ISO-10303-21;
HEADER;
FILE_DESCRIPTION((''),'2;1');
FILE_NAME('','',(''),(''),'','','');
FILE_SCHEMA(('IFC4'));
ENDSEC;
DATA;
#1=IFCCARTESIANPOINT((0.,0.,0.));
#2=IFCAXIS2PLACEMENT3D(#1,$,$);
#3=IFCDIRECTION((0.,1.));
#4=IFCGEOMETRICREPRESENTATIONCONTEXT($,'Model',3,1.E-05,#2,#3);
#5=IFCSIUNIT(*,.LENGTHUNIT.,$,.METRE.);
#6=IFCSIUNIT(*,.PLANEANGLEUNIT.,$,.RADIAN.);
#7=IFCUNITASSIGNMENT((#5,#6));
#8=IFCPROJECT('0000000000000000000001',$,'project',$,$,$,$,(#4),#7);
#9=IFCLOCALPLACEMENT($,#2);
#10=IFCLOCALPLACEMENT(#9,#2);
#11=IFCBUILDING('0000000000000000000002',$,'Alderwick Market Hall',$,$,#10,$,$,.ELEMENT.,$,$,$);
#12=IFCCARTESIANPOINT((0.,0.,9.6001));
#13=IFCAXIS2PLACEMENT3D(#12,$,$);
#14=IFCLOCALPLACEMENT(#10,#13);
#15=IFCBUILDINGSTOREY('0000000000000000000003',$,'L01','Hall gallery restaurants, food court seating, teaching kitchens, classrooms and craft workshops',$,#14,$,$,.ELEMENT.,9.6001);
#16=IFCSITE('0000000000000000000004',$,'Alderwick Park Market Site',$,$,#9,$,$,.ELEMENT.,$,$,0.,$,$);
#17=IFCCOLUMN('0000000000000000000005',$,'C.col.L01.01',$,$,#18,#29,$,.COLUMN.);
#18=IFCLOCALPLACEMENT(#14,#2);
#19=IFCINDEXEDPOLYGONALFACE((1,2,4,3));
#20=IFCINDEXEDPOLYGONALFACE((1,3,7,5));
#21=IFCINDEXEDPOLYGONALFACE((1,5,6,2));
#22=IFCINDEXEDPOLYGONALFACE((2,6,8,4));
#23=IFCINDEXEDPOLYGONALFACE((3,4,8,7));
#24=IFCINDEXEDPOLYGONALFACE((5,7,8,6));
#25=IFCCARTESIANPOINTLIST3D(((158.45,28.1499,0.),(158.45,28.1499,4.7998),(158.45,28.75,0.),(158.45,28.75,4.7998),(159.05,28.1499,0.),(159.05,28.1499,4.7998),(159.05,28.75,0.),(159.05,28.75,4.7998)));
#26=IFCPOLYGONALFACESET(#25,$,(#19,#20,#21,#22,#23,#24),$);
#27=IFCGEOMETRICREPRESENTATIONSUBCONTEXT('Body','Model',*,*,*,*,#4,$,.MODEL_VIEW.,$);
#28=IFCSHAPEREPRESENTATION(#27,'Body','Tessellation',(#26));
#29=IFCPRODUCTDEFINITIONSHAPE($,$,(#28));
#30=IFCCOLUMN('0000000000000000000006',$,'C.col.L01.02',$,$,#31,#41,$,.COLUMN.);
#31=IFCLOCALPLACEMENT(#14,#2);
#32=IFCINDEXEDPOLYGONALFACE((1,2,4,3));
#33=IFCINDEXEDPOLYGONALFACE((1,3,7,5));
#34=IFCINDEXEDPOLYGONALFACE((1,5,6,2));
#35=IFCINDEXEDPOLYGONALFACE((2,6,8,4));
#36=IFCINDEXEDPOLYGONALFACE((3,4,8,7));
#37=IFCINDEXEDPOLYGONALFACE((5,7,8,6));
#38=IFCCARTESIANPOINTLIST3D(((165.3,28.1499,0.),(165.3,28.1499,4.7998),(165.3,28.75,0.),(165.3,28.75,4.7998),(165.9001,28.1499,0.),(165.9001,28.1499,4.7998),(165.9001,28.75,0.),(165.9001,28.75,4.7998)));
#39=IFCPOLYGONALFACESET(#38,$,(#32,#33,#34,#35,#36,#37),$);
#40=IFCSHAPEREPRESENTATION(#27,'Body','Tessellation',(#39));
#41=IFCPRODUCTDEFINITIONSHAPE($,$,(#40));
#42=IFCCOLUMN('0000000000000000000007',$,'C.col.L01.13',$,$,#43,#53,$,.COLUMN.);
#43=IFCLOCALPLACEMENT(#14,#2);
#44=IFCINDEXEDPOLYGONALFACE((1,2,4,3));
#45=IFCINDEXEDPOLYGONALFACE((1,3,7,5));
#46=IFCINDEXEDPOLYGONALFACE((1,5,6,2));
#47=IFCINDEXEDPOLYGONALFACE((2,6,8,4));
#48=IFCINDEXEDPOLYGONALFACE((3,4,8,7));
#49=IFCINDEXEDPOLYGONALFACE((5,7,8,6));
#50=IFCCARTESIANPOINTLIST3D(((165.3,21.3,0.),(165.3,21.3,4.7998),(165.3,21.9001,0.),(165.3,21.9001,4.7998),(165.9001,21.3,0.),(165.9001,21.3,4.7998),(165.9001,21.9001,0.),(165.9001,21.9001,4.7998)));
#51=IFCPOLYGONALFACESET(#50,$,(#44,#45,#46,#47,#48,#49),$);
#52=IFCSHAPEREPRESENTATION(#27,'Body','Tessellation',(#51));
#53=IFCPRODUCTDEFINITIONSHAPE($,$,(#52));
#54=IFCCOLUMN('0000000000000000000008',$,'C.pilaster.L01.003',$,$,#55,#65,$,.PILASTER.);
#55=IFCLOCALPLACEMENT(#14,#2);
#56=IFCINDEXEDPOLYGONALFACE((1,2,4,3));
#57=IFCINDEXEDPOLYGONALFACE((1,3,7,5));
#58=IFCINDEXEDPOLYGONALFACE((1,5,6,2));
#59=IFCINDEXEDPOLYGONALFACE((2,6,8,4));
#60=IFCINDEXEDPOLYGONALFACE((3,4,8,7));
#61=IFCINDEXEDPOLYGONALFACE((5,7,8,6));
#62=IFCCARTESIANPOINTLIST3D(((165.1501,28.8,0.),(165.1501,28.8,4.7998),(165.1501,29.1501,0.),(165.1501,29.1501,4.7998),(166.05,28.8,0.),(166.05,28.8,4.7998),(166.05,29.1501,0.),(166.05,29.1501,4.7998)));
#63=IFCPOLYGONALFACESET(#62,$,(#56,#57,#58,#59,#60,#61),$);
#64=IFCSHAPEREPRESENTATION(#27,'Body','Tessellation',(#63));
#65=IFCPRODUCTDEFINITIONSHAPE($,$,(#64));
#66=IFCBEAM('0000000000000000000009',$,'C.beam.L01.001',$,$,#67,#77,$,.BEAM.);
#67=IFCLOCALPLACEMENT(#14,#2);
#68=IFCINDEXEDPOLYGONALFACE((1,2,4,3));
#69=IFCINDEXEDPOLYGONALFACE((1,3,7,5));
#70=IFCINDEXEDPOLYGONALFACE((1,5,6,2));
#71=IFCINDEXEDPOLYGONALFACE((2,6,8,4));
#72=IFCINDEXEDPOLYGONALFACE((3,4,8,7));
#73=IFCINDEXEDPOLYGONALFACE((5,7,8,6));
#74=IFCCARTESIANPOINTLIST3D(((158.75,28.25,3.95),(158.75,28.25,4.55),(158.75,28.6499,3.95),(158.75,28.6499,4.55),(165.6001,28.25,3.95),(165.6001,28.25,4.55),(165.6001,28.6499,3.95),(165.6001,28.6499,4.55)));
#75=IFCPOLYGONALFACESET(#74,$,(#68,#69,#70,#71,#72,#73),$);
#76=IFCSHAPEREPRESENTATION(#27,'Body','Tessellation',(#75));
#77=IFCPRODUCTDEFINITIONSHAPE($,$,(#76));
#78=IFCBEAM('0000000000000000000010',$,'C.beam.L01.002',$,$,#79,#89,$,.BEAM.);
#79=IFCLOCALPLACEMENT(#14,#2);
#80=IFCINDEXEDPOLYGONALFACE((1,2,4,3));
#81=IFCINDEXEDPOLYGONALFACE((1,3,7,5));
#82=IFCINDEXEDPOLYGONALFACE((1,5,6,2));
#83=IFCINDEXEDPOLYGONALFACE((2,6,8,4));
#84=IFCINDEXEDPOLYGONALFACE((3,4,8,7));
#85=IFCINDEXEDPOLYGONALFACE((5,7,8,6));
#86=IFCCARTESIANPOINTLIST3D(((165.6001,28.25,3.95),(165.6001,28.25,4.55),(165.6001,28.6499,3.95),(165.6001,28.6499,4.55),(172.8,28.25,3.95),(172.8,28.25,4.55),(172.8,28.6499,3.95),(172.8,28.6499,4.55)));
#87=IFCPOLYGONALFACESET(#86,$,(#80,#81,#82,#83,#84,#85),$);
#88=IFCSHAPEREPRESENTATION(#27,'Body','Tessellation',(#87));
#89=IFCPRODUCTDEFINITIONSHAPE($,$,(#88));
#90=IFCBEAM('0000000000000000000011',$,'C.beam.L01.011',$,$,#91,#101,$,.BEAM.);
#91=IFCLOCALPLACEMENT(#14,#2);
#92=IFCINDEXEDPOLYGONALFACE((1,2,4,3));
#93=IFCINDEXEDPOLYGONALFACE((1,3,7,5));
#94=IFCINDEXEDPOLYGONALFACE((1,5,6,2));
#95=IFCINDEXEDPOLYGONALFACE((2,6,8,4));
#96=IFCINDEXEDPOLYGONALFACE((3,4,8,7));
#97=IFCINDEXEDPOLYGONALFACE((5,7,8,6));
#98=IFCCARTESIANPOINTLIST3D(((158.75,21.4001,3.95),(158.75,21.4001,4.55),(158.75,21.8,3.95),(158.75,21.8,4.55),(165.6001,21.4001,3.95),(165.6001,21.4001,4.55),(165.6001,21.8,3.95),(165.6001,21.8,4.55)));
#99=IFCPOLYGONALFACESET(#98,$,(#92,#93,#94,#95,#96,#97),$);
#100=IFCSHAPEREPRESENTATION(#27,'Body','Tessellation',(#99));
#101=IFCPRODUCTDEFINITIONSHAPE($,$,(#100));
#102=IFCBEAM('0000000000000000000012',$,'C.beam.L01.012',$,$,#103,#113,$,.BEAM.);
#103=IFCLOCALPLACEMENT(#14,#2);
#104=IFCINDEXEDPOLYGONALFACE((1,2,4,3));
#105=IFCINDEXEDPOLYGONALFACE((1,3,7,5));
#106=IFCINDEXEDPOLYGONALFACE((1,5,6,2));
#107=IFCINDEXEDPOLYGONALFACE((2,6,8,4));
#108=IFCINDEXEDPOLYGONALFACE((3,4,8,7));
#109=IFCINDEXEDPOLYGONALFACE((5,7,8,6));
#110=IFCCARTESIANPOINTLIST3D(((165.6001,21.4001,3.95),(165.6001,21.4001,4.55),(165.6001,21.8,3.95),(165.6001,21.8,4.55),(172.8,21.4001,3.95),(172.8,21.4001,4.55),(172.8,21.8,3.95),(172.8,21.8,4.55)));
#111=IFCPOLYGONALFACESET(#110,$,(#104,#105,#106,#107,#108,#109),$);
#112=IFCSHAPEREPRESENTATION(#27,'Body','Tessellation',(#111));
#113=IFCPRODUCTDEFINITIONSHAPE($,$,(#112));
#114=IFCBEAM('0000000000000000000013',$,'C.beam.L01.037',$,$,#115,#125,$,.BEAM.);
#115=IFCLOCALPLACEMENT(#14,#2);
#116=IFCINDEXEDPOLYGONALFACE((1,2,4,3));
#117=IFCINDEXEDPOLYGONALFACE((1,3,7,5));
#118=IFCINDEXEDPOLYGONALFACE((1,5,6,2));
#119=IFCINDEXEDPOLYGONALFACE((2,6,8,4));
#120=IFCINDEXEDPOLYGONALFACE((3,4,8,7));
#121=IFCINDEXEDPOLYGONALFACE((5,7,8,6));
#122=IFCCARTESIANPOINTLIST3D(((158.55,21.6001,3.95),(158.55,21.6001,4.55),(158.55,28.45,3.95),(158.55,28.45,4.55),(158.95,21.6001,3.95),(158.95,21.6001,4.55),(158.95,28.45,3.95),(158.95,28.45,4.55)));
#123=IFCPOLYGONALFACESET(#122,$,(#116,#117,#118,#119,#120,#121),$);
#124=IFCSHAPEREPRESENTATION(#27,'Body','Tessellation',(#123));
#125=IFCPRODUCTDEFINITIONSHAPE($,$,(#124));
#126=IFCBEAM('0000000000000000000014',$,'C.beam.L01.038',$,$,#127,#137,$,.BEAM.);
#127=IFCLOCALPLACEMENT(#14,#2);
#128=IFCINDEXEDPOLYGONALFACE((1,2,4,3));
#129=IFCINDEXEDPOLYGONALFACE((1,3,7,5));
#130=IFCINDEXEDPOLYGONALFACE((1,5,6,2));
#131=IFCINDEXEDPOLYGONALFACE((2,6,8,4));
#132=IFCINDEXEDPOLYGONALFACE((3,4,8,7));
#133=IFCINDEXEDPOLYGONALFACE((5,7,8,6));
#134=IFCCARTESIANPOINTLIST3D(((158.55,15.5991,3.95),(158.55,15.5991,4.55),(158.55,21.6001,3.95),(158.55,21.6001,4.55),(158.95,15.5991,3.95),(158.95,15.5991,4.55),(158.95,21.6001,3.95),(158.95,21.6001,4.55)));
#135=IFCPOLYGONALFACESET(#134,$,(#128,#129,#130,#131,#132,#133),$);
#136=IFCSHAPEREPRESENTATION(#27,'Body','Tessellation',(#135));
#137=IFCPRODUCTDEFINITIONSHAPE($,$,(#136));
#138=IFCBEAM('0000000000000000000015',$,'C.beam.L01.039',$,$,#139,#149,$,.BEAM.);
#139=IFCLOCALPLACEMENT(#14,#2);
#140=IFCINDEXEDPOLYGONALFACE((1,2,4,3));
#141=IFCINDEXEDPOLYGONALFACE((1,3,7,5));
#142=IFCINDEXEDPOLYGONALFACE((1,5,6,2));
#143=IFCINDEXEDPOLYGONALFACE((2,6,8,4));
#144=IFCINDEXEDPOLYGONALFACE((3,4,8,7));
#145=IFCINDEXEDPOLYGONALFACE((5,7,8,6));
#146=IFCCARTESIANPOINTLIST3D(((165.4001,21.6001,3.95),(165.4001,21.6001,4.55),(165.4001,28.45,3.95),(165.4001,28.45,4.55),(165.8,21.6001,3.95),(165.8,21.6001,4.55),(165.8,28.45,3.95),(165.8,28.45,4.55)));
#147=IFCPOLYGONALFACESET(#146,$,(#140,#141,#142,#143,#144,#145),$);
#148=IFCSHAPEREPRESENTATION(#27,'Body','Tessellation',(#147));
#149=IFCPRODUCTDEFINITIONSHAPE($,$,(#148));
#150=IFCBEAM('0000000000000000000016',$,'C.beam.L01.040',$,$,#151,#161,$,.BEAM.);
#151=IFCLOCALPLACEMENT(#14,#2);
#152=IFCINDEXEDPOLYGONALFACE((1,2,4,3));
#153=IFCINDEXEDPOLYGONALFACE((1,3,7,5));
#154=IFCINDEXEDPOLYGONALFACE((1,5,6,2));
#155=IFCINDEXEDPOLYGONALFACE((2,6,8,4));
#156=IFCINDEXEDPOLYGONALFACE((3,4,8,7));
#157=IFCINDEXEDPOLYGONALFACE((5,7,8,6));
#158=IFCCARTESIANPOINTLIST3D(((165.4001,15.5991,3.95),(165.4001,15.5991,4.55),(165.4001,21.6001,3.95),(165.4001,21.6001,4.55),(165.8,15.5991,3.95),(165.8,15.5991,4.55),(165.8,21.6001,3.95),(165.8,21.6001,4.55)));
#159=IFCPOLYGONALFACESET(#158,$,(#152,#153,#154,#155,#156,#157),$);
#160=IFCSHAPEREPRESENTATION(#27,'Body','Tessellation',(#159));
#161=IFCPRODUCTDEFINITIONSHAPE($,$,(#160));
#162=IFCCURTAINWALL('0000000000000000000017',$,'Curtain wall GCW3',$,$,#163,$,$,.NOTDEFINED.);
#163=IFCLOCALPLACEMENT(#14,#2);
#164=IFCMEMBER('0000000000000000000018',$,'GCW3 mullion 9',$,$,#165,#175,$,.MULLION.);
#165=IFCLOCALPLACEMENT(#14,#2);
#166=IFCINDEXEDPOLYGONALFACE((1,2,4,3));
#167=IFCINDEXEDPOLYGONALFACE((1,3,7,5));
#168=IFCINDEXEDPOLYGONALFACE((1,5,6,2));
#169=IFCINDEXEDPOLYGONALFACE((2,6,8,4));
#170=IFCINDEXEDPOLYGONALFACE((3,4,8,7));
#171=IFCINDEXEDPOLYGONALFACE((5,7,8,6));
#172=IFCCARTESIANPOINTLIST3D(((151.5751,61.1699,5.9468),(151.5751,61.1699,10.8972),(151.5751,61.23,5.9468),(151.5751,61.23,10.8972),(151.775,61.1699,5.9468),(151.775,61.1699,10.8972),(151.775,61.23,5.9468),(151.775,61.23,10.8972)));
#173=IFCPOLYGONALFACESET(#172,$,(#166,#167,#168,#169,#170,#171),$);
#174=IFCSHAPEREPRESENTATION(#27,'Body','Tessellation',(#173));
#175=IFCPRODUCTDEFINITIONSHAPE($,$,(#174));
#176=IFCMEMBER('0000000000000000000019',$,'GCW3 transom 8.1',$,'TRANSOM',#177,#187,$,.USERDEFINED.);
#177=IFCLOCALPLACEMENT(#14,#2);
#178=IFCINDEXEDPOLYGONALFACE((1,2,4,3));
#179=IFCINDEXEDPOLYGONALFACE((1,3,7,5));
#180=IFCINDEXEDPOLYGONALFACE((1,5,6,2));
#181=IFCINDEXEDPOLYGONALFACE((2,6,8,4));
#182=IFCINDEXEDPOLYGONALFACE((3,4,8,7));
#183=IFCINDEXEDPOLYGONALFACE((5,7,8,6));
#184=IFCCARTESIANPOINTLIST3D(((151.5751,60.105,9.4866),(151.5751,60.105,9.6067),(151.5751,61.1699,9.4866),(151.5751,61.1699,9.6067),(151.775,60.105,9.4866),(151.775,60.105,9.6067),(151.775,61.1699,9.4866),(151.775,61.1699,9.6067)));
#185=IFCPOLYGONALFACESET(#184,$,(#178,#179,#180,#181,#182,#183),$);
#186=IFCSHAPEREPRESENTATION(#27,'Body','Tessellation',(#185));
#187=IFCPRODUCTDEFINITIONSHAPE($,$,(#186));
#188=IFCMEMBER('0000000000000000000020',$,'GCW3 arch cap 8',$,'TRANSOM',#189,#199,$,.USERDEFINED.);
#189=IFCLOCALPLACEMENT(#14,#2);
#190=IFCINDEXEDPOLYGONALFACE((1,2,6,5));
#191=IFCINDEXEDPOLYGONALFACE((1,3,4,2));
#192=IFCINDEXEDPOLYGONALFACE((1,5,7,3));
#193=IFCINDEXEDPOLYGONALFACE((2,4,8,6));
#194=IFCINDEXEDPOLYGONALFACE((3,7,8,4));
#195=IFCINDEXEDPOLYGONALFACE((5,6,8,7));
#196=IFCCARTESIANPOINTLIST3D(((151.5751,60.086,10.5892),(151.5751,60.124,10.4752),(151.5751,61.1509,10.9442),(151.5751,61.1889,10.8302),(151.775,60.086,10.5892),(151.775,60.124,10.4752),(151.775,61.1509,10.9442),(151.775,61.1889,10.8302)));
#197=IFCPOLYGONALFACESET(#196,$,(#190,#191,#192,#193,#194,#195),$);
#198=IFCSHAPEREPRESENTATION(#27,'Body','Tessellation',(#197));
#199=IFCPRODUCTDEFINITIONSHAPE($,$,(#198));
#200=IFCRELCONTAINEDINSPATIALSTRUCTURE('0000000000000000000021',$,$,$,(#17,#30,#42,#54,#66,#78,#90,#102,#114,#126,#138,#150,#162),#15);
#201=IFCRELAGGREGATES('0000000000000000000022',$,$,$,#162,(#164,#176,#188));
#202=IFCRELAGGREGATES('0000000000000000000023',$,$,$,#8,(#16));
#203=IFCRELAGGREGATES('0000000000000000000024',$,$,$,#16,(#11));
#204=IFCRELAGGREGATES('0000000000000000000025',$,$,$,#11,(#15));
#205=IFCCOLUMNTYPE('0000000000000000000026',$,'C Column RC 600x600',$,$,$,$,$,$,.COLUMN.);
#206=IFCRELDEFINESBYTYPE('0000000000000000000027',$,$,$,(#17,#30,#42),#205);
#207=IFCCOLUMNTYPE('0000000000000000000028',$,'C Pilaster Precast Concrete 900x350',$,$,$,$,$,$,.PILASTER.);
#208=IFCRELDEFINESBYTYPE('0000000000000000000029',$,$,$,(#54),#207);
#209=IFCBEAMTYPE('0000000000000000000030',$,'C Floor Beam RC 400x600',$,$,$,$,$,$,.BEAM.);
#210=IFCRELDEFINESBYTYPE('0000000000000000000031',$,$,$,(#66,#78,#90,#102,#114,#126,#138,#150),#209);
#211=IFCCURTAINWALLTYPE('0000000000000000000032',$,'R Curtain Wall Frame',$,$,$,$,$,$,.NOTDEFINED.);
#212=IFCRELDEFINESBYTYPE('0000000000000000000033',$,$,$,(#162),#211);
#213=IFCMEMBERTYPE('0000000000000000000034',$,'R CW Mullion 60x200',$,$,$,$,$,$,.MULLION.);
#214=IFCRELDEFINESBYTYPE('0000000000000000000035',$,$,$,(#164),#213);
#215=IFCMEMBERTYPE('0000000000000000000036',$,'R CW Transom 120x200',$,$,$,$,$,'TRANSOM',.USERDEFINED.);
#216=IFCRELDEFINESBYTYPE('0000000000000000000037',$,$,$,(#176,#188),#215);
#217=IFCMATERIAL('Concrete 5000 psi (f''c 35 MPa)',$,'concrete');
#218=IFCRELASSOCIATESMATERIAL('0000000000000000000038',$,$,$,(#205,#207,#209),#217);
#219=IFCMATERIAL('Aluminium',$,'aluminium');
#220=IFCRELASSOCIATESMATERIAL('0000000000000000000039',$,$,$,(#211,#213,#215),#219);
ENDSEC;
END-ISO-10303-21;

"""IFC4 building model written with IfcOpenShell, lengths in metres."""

from ifc_helpers import new_model, si_unit, direction, frame, origin, origin_2d, place, context, subcontext, project, spatial, rectangle, extrude, material, material_profile, profile_set, type_object, element, aggregate, save


model = new_model("IFC4")

# Units and contexts
model_context = context("Model", 3, precision=1e-05, world=origin(), true_north=direction((0.0, 1.0)))
body_context = subcontext(model_context, "Body", "Model", "MODEL_VIEW")
ifc_project = project(units=[si_unit("LENGTHUNIT", "METRE"), si_unit("PLANEANGLEUNIT", "RADIAN")], contexts=[model_context])

# Site, building, storey
site_placement = place(None, origin())
site = spatial("IfcSite", under=ifc_project, at=site_placement, Name="Alderwick Park Market Site", CompositionType="ELEMENT", RefElevation=0.0)
building_placement = place(site_placement, origin())
building = spatial("IfcBuilding", under=site, at=building_placement, Name="Alderwick Market Hall", CompositionType="ELEMENT")
storey_placement = place(building_placement, frame((0.0, 0.0, 9.6001)))
storey = spatial("IfcBuildingStorey", under=building, at=storey_placement, Name="L01", Description="Hall gallery restaurants, food court seating, teaching kitchens, classrooms and craft workshops", CompositionType="ELEMENT", Elevation=9.6001)

# Columns
ifc_material_1 = material(Name="Concrete 5000 psi (f'c 35 MPa)", Category="concrete")
ifc_material_profile_1 = material_profile(ifc_material_1, rectangle(XDim=0.6001, YDim=0.6001, at=origin_2d()), Name="RC 600x600")
ifc_profile_set_1 = profile_set([ifc_material_profile_1], Name="Concrete 5000 psi (f'c 35 MPa)")
column_type_1 = type_object("IfcColumnType", Name="C Column RC 600x600", PredefinedType="COLUMN", material=ifc_profile_set_1)
for number, where, z_axis, x_axis, name in (
    (1, (158.75, 28.45, 0.0), (0.0, 0.0, 1.0), (1.0, 0.0, 0.0), "C.col.L01.01"),
    (2, (165.6001, 28.45, 0.0), (0.0, 0.0, 1.0), (1.0, 0.0, 0.0), "C.col.L01.02"),
    (3, (165.6001, 21.6001, 0.0), (0.0, 0.0, 1.0), (1.0, 0.0, 0.0), "C.col.L01.13"),
):
    element("IfcColumn", number, at=place(storey_placement, frame(where, z_axis=z_axis, x_axis=x_axis)), inside=storey, type_object=column_type_1, Name=name, PredefinedType="COLUMN", context=body_context, shape_type="SweptSolid", body=[
        extrude(rectangle(XDim=0.6001, YDim=0.6001, at=origin_2d()), origin(), (0.0, 0.0, 1.0), 4.7998),
    ])
ifc_material_profile_2 = material_profile(ifc_material_1, rectangle(XDim=0.8999, YDim=0.3501, at=origin_2d()), Name="PC 900x350")
ifc_profile_set_2 = profile_set([ifc_material_profile_2], Name="Concrete 5000 psi (f'c 35 MPa)")
column_type_2 = type_object("IfcColumnType", Name="C Pilaster Precast Concrete 900x350", PredefinedType="PILASTER", material=ifc_profile_set_2)
column_placement = place(storey_placement, frame((165.6001, 28.9751, 0.0), z_axis=(0.0, 0.0, 1.0), x_axis=(1.0, 0.0, 0.0)))
element("IfcColumn", 4, at=column_placement, inside=storey, type_object=column_type_2, Name="C.pilaster.L01.003", PredefinedType="PILASTER", context=body_context, shape_type="SweptSolid", body=[
    extrude(rectangle(XDim=0.8999, YDim=0.3501, at=origin_2d()), origin(), (0.0, 0.0, 1.0), 4.7998),
])

# Beams
ifc_material_profile_3 = material_profile(ifc_material_1, rectangle(XDim=0.3999, YDim=0.6001, at=origin_2d()), Name="RC 400x600")
ifc_profile_set_3 = profile_set([ifc_material_profile_3], Name="Concrete 5000 psi (f'c 35 MPa)")
beam_type = type_object("IfcBeamType", Name="C Floor Beam RC 400x600", PredefinedType="BEAM", material=ifc_profile_set_3)
beam_1_placement = place(storey_placement, frame((158.75, 28.45, 4.25), z_axis=(1.0, 0.0, 0.0), x_axis=(0.0, 1.0, 0.0)))
element("IfcBeam", 5, at=beam_1_placement, inside=storey, type_object=beam_type, Name="C.beam.L01.001", PredefinedType="BEAM", context=body_context, shape_type="SweptSolid", body=[
    extrude(rectangle(XDim=0.3999, YDim=0.6001, at=origin_2d()), origin(), (0.0, 0.0, 1.0), 6.8501),
])
beam_2_placement = place(storey_placement, frame((165.6001, 28.45, 4.25), z_axis=(1.0, 0.0, 0.0), x_axis=(0.0, 1.0, 0.0)))
element("IfcBeam", 6, at=beam_2_placement, inside=storey, type_object=beam_type, Name="C.beam.L01.002", PredefinedType="BEAM", context=body_context, shape_type="SweptSolid", body=[
    extrude(rectangle(XDim=0.3999, YDim=0.6001, at=origin_2d()), origin(), (0.0, 0.0, 1.0), 7.2),
])
beam_3_placement = place(storey_placement, frame((158.75, 21.6001, 4.25), z_axis=(1.0, 0.0, 0.0), x_axis=(0.0, 1.0, 0.0)))
element("IfcBeam", 7, at=beam_3_placement, inside=storey, type_object=beam_type, Name="C.beam.L01.011", PredefinedType="BEAM", context=body_context, shape_type="SweptSolid", body=[
    extrude(rectangle(XDim=0.3999, YDim=0.6001, at=origin_2d()), origin(), (0.0, 0.0, 1.0), 6.8501),
])
beam_4_placement = place(storey_placement, frame((165.6001, 21.6001, 4.25), z_axis=(1.0, 0.0, 0.0), x_axis=(0.0, 1.0, 0.0)))
element("IfcBeam", 8, at=beam_4_placement, inside=storey, type_object=beam_type, Name="C.beam.L01.012", PredefinedType="BEAM", context=body_context, shape_type="SweptSolid", body=[
    extrude(rectangle(XDim=0.3999, YDim=0.6001, at=origin_2d()), origin(), (0.0, 0.0, 1.0), 7.2),
])
beam_5_placement = place(storey_placement, frame((158.75, 28.45, 4.25), z_axis=(0.0, -1.0, 0.0), x_axis=(1.0, 0.0, 0.0)))
element("IfcBeam", 9, at=beam_5_placement, inside=storey, type_object=beam_type, Name="C.beam.L01.037", PredefinedType="BEAM", context=body_context, shape_type="SweptSolid", body=[
    extrude(rectangle(XDim=0.3999, YDim=0.6001, at=origin_2d()), origin(), (0.0, 0.0, 1.0), 6.8499),
])
beam_6_placement = place(storey_placement, frame((158.75, 21.6001, 4.25), z_axis=(0.0, -1.0, 0.0), x_axis=(1.0, 0.0, 0.0)))
element("IfcBeam", 10, at=beam_6_placement, inside=storey, type_object=beam_type, Name="C.beam.L01.038", PredefinedType="BEAM", context=body_context, shape_type="SweptSolid", body=[
    extrude(rectangle(XDim=0.3999, YDim=0.6001, at=origin_2d()), origin(), (0.0, 0.0, 1.0), 6.001),
])
beam_7_placement = place(storey_placement, frame((165.6001, 28.45, 4.25), z_axis=(0.0, -1.0, 0.0), x_axis=(1.0, 0.0, 0.0)))
element("IfcBeam", 11, at=beam_7_placement, inside=storey, type_object=beam_type, Name="C.beam.L01.039", PredefinedType="BEAM", context=body_context, shape_type="SweptSolid", body=[
    extrude(rectangle(XDim=0.3999, YDim=0.6001, at=origin_2d()), origin(), (0.0, 0.0, 1.0), 6.8499),
])
beam_8_placement = place(storey_placement, frame((165.6001, 21.6001, 4.25), z_axis=(0.0, -1.0, 0.0), x_axis=(1.0, 0.0, 0.0)))
element("IfcBeam", 12, at=beam_8_placement, inside=storey, type_object=beam_type, Name="C.beam.L01.040", PredefinedType="BEAM", context=body_context, shape_type="SweptSolid", body=[
    extrude(rectangle(XDim=0.3999, YDim=0.6001, at=origin_2d()), origin(), (0.0, 0.0, 1.0), 6.001),
])

# Curtain wall, members
ifc_material_2 = material(Name="Aluminium", Category="aluminium")
curtain_wall_type = type_object("IfcCurtainWallType", Name="R Curtain Wall Frame", PredefinedType="NOTDEFINED", material=ifc_material_2)
curtain_wall_placement = place(storey_placement, origin())
curtain_wall = element("IfcCurtainWall", 13, at=curtain_wall_placement, inside=storey, type_object=curtain_wall_type, Name="Curtain wall GCW3", PredefinedType="NOTDEFINED")
ifc_material_profile_4 = material_profile(ifc_material_2, rectangle(XDim=0.2, YDim=0.0601, at=origin_2d()), Name="AL 60x200")
ifc_profile_set_4 = profile_set([ifc_material_profile_4], Name="Aluminium")
member_type_1 = type_object("IfcMemberType", Name="R CW Mullion 60x200", PredefinedType="MULLION", material=ifc_profile_set_4)
member_1_placement = place(storey_placement, frame((151.675, 61.2, 5.9468), z_axis=(0.0, 0.0, 1.0), x_axis=(1.0, 0.0, 0.0)))
member_1 = element("IfcMember", 14, at=member_1_placement, type_object=member_type_1, Name="GCW3 mullion 9", PredefinedType="MULLION", context=body_context, shape_type="SweptSolid", body=[
    extrude(rectangle(XDim=0.2, YDim=0.0601, at=origin_2d()), origin(), (0.0, 0.0, 1.0), 4.9504),
])
ifc_material_profile_5 = material_profile(ifc_material_2, rectangle(XDim=0.2, YDim=0.1201, at=origin_2d()), Name="AL 120x200")
ifc_profile_set_5 = profile_set([ifc_material_profile_5], Name="Aluminium")
member_type_2 = type_object("IfcMemberType", Name="R CW Transom 120x200", ElementType="TRANSOM", PredefinedType="USERDEFINED", material=ifc_profile_set_5)
member_2_placement = place(storey_placement, frame((151.675, 60.105, 9.5466), z_axis=(0.0, 1.0, 0.0), x_axis=(-1.0, 0.0, 0.0)))
member_2 = element("IfcMember", 15, at=member_2_placement, type_object=member_type_2, Name="GCW3 transom 8.1", ObjectType="TRANSOM", PredefinedType="USERDEFINED", context=body_context, shape_type="SweptSolid", body=[
    extrude(rectangle(XDim=0.2, YDim=0.1201, at=origin_2d()), origin(), (0.0, 0.0, 1.0), 1.0649),
])
member_3_placement = place(storey_placement, frame((151.675, 60.105, 10.5322), z_axis=(0.0, 0.948683, 0.316228), x_axis=(-1.0, 0.0, 0.0)))
member_3 = element("IfcMember", 16, at=member_3_placement, type_object=member_type_2, Name="GCW3 arch cap 8", ObjectType="TRANSOM", PredefinedType="USERDEFINED", context=body_context, shape_type="SweptSolid", body=[
    extrude(rectangle(XDim=0.2, YDim=0.1201, at=origin_2d()), origin(), (0.0, 0.0, 1.0), 1.1226),
])
aggregate(curtain_wall, [member_1, member_2, member_3])

save(model, "model.ifc")
